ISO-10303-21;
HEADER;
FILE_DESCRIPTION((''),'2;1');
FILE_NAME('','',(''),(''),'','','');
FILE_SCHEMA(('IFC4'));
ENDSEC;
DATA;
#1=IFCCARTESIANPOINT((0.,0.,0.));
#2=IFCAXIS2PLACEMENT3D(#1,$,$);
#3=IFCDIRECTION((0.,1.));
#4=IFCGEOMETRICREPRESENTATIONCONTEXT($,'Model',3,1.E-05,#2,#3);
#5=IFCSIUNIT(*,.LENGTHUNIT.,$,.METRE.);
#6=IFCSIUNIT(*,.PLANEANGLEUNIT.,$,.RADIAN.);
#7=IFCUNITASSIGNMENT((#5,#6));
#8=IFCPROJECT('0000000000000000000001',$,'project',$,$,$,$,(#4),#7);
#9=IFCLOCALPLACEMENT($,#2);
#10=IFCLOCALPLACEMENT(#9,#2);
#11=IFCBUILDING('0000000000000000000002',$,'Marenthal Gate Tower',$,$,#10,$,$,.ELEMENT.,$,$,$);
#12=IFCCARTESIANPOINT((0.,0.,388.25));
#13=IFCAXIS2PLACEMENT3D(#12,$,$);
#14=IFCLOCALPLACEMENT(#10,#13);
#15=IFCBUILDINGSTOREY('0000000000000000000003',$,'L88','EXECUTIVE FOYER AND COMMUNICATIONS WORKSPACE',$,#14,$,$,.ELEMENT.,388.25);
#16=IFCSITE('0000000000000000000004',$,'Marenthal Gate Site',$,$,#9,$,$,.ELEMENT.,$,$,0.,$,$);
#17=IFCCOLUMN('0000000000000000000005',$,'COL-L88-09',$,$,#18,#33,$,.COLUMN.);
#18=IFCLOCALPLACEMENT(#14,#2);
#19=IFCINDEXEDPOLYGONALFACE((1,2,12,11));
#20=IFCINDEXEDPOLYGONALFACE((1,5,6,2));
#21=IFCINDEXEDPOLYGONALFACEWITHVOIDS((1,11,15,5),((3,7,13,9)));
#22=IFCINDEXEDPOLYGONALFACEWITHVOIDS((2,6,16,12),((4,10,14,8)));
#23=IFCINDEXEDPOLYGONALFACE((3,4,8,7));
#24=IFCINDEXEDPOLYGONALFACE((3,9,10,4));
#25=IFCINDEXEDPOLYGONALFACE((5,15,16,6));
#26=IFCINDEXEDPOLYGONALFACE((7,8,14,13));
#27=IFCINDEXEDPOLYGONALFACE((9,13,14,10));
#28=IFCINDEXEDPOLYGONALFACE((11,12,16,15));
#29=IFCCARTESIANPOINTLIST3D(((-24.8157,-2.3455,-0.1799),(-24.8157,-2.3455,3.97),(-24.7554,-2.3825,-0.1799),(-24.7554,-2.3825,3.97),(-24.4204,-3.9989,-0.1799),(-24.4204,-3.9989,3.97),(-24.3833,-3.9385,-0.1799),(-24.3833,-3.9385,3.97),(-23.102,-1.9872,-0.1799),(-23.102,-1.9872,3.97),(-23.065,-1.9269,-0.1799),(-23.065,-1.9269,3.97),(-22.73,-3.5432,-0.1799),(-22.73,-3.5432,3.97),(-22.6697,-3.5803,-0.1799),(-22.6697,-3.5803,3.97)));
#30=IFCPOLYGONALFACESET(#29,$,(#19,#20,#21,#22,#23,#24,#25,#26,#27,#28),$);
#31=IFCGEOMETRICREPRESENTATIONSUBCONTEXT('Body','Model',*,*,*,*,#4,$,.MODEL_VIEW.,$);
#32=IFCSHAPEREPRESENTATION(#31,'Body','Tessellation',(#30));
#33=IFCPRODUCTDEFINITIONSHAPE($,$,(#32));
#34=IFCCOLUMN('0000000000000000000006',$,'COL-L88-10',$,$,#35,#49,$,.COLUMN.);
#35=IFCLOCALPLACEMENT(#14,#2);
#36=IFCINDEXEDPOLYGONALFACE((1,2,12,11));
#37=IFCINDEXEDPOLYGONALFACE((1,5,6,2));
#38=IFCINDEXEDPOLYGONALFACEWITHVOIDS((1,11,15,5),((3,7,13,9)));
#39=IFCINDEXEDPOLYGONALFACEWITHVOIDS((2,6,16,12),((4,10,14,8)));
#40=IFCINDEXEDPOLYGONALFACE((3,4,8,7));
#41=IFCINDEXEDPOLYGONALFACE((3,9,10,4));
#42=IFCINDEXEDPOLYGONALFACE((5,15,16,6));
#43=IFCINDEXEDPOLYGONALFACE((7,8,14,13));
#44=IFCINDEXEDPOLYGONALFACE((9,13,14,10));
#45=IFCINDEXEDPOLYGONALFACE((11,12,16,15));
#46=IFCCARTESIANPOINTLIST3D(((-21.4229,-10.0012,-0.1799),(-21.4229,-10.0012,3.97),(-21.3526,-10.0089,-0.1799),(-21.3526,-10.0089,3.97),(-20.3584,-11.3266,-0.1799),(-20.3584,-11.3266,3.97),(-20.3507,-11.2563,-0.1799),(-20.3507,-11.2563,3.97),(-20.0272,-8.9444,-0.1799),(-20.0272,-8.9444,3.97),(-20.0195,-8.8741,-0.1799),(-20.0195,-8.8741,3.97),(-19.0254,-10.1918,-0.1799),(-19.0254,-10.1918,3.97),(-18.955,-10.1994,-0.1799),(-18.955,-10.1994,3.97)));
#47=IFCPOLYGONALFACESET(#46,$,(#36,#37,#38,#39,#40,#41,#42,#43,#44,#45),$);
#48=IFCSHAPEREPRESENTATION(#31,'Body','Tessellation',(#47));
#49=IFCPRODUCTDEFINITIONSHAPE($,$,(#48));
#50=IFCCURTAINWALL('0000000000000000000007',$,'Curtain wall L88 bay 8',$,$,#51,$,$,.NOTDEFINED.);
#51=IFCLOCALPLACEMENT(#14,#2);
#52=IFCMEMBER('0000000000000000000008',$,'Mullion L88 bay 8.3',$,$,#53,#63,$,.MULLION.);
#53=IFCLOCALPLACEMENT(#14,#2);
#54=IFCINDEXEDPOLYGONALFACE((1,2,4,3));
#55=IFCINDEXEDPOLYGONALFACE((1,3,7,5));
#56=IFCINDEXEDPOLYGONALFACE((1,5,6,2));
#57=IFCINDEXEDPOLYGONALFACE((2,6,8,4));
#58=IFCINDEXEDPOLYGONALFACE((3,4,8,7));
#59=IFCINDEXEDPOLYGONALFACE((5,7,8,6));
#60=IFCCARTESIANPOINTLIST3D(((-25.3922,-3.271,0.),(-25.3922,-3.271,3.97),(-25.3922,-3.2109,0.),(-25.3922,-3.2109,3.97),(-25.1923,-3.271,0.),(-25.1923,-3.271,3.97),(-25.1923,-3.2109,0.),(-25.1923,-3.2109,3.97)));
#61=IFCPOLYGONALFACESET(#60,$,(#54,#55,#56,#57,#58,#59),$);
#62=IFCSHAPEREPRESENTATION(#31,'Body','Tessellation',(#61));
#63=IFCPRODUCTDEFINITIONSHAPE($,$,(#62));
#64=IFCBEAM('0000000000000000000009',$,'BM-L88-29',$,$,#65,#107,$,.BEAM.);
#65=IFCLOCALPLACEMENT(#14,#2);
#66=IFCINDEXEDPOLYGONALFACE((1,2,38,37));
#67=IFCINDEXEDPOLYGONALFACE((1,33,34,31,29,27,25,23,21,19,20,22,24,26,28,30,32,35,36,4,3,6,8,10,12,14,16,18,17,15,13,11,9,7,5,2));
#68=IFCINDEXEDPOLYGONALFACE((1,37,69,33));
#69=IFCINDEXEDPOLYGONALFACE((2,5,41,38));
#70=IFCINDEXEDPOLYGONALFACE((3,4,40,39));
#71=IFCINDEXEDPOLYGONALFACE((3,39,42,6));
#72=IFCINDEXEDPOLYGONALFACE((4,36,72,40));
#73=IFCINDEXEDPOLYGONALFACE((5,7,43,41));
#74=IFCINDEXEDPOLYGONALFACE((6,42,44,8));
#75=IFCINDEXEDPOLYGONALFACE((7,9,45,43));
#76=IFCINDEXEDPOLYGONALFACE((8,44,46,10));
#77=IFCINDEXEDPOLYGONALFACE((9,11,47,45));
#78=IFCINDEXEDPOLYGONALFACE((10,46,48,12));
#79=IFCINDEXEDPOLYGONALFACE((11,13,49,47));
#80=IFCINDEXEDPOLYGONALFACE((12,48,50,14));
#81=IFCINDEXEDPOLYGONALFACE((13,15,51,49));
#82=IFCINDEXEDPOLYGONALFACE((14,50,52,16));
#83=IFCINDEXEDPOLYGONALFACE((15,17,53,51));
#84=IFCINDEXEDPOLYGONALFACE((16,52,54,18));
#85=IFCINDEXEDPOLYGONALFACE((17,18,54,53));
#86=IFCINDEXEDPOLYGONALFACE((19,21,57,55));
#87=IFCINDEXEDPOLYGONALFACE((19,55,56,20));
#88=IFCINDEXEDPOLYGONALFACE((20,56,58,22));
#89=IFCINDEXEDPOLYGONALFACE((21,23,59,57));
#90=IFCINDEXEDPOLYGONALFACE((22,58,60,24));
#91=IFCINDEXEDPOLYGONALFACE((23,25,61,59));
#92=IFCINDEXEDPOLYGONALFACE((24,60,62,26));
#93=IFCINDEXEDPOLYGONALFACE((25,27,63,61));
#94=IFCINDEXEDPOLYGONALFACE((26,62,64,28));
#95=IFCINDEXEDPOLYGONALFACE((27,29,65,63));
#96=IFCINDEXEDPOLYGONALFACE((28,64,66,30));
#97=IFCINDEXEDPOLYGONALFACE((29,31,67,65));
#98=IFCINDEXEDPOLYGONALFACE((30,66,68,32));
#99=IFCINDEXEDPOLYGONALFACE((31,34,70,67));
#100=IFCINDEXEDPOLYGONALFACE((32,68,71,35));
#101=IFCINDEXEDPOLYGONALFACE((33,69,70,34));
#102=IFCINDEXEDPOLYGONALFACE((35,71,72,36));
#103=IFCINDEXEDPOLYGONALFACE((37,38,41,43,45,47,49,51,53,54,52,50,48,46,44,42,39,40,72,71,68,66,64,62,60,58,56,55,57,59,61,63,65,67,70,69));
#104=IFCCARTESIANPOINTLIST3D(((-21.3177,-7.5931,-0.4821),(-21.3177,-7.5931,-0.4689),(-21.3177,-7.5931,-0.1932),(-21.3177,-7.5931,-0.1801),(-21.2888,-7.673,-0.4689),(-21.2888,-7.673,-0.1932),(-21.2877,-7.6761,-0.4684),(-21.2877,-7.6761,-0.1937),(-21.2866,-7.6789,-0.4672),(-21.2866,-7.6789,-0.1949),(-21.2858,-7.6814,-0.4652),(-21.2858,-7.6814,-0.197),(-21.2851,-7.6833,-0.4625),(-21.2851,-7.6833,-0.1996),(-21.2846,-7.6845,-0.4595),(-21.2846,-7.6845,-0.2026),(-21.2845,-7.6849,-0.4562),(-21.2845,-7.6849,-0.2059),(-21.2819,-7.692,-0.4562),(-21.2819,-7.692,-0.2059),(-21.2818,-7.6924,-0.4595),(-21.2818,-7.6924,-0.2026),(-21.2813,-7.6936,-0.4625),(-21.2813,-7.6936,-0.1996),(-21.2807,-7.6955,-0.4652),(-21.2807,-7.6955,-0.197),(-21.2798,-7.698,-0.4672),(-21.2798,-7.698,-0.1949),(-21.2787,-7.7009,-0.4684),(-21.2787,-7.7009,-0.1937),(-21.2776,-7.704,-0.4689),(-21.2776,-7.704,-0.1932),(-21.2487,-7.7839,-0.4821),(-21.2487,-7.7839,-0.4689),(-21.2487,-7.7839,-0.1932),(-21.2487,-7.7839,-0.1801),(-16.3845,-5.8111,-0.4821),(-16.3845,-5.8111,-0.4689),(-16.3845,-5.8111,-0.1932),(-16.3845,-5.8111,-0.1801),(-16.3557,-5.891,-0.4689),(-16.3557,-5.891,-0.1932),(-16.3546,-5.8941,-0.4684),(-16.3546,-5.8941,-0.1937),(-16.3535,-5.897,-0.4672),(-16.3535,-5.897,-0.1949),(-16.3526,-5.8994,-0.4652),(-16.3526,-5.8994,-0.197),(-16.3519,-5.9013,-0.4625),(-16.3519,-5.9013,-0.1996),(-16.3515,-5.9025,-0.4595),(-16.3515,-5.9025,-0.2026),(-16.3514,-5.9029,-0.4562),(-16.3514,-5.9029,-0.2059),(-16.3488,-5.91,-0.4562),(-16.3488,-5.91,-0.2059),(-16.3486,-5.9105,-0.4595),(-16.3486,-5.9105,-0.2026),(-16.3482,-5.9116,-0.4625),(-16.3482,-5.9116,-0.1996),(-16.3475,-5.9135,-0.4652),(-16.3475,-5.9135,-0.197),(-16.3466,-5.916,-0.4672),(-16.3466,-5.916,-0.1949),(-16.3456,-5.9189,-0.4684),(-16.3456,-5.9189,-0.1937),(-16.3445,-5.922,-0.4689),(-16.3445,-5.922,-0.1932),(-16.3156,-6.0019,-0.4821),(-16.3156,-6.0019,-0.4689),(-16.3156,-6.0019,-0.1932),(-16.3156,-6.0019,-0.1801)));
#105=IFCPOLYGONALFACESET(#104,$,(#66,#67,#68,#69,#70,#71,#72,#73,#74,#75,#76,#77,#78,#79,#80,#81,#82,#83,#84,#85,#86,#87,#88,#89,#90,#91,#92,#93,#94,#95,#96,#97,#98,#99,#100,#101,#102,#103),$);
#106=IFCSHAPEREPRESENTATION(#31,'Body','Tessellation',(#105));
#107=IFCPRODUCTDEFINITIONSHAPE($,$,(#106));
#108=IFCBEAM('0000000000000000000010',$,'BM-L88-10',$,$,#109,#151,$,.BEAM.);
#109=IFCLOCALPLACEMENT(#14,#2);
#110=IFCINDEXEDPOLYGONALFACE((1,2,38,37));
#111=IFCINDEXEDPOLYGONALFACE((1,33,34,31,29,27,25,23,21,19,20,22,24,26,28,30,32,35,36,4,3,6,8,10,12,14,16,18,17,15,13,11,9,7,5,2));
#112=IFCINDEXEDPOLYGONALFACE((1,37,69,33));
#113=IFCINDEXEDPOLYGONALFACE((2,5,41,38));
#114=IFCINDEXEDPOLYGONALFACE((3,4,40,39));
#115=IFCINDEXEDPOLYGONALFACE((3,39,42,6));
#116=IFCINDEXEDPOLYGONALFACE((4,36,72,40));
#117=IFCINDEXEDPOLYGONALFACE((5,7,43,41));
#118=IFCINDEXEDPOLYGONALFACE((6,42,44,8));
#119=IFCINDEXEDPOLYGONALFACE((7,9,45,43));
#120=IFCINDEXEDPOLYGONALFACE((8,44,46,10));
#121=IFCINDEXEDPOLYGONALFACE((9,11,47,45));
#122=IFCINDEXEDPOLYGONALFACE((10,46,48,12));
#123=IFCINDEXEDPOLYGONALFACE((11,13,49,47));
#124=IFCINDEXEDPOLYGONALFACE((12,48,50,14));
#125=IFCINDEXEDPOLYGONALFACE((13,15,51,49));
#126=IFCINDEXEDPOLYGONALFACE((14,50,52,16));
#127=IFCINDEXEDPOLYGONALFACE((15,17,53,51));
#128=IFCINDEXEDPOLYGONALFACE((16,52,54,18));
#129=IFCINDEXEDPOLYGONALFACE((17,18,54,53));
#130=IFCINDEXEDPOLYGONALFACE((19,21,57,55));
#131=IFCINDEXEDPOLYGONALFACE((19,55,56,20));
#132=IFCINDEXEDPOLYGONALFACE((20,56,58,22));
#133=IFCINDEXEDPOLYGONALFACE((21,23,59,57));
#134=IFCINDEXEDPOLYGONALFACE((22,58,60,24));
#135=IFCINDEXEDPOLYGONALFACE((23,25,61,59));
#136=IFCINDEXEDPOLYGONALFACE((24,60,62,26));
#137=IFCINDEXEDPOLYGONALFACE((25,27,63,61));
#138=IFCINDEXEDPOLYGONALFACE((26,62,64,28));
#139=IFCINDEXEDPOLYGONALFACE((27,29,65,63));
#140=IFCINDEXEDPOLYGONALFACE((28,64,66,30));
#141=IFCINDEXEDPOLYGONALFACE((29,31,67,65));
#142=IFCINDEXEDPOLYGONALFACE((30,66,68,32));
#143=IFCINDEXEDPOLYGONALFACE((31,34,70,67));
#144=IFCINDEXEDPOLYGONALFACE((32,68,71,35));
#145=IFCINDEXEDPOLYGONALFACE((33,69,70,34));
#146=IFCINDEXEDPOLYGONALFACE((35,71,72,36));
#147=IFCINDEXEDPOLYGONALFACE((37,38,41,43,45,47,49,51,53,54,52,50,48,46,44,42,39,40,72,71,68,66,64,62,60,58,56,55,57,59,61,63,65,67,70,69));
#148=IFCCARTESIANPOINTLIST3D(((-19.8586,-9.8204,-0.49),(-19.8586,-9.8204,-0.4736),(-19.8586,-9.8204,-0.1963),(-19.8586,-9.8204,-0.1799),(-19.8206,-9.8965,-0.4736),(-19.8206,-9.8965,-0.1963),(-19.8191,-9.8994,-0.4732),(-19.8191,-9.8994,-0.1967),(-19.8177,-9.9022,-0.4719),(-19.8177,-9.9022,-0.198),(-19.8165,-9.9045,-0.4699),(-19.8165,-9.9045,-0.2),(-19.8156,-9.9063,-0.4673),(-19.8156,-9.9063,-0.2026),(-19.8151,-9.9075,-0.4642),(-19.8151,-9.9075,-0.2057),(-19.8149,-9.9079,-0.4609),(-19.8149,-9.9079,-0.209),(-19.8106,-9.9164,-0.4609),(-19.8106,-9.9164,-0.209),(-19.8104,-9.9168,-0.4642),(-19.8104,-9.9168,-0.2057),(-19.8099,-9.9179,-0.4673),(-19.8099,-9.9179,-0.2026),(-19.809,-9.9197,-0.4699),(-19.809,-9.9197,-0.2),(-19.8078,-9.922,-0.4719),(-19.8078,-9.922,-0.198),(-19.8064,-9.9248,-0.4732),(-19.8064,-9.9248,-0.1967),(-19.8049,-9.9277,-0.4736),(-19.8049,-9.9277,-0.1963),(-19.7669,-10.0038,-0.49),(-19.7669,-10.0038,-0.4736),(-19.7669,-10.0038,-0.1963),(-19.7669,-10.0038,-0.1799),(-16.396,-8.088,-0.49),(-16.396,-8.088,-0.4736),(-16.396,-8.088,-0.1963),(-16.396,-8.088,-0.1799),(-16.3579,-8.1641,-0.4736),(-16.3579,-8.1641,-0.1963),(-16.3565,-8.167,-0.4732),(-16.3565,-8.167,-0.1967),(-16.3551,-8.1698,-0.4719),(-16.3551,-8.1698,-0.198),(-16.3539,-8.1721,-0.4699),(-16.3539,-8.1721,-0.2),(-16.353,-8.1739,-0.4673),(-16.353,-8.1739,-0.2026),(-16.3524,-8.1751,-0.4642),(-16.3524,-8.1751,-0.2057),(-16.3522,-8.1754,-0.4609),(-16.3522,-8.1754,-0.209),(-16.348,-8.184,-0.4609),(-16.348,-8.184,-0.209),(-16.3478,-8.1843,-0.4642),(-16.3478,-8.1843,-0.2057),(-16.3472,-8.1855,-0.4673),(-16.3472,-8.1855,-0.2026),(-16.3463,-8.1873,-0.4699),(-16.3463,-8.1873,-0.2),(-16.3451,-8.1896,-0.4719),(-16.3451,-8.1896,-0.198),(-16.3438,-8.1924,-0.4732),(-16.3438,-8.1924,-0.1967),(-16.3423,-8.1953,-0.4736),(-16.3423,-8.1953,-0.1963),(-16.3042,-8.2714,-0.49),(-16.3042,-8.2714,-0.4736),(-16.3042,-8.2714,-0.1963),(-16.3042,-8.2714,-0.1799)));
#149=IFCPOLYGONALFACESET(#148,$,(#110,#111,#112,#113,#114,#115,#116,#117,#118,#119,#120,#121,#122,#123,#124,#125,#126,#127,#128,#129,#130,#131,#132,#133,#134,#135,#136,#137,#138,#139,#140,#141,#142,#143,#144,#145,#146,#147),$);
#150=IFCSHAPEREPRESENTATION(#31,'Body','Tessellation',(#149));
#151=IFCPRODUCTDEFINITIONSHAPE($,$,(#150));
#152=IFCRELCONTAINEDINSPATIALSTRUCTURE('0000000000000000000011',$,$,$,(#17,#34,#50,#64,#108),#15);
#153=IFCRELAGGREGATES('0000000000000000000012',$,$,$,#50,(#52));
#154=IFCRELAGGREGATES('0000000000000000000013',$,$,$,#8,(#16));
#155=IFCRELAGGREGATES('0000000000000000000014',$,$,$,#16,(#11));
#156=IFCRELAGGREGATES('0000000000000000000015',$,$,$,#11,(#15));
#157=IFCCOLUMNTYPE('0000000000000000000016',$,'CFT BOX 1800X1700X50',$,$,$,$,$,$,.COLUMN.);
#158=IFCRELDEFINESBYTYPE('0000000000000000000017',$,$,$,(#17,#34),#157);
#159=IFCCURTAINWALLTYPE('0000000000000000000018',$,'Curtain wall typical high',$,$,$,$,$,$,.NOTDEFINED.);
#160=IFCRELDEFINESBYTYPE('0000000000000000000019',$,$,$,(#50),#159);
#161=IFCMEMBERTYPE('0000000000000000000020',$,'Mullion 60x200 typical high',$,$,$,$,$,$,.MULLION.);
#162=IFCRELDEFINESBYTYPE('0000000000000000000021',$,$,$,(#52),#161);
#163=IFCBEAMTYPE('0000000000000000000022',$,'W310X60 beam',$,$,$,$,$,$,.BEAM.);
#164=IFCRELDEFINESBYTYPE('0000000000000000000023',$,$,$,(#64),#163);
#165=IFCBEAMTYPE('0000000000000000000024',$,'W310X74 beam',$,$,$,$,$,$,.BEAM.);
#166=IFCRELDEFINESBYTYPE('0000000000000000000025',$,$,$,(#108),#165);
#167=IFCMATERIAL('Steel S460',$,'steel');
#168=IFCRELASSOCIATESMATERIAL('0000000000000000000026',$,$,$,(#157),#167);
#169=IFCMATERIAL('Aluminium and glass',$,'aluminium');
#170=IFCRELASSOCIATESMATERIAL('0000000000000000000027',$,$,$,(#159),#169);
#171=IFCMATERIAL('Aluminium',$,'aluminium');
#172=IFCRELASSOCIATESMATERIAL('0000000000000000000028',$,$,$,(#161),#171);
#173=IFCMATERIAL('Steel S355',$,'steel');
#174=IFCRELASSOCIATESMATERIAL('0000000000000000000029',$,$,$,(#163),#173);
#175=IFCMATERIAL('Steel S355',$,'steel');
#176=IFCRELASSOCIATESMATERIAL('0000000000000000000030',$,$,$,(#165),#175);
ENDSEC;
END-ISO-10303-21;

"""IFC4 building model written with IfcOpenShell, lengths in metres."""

from ifc_helpers import new_model, si_unit, direction, frame, origin, origin_2d, place, context, subcontext, project, spatial, rectangle, hollow_rectangle, i_section, extrude, material, material_profile, profile_set, type_object, element, aggregate, save


model = new_model("IFC4")

# Units and contexts
model_context = context("Model", 3, precision=1e-05, world=origin(), true_north=direction((0.0, 1.0)))
body_context = subcontext(model_context, "Body", "Model", "MODEL_VIEW")
ifc_project = project(units=[si_unit("LENGTHUNIT", "METRE"), si_unit("PLANEANGLEUNIT", "RADIAN")], contexts=[model_context])

# Site, building, storey
site_placement = place(None, origin())
site = spatial("IfcSite", under=ifc_project, at=site_placement, Name="Marenthal Gate Site", CompositionType="ELEMENT", RefElevation=0.0)
building_placement = place(site_placement, origin())
building = spatial("IfcBuilding", under=site, at=building_placement, Name="Marenthal Gate Tower", CompositionType="ELEMENT")
storey_placement = place(building_placement, frame((0.0, 0.0, 388.25)))
storey = spatial("IfcBuildingStorey", under=building, at=storey_placement, Name="L88", Description="EXECUTIVE FOYER AND COMMUNICATIONS WORKSPACE", CompositionType="ELEMENT", Elevation=388.25)

# Columns
ifc_material_1 = material(Name="Steel S460", Category="steel")
ifc_material_profile_1 = material_profile(ifc_material_1, hollow_rectangle(XDim=1.7, YDim=1.8, WallThickness=0.05, at=origin_2d()), Name="CFT BOX 1800X1700X50")
ifc_material_2 = material(Name="Concrete 70 MPa", Category="concrete")
ifc_material_profile_2 = material_profile(ifc_material_2, rectangle(XDim=1.6001, YDim=1.7, at=origin_2d()), Name="CFT BOX 1800X1700X50 INFILL")
ifc_profile_set_1 = profile_set([ifc_material_profile_1, ifc_material_profile_2], Name="Steel S460 shell, Concrete 70 MPa infill")
column_type = type_object("IfcColumnType", Name="CFT BOX 1800X1700X50", PredefinedType="COLUMN", material=ifc_profile_set_1)
for number, where, z_axis, x_axis, name in (
    (1, (-23.7427, -2.9629, -0.1799), (0.0, 0.0, 1.0), (-0.232542, 0.972586, 0.0), "COL-L88-09"),
    (2, (-20.189, -10.1003, -0.1799), (0.0, 0.0, 1.0), (-0.626198, 0.779664, 0.0), "COL-L88-10"),
):
    element("IfcColumn", number, at=place(storey_placement, frame(where, z_axis=z_axis, x_axis=x_axis)), inside=storey, type_object=column_type, Name=name, PredefinedType="COLUMN", context=body_context, shape_type="SweptSolid", body=[
        extrude(hollow_rectangle(XDim=1.7, YDim=1.8, WallThickness=0.05, at=origin_2d()), origin(), (0.0, 0.0, 1.0), 4.1499),
    ])

# Curtain wall, member
ifc_material_3 = material(Name="Aluminium and glass", Category="aluminium")
curtain_wall_type = type_object("IfcCurtainWallType", Name="Curtain wall typical high", PredefinedType="NOTDEFINED", material=ifc_material_3)
curtain_wall_placement = place(storey_placement, origin())
curtain_wall = element("IfcCurtainWall", 3, at=curtain_wall_placement, inside=storey, type_object=curtain_wall_type, Name="Curtain wall L88 bay 8", PredefinedType="NOTDEFINED")
ifc_material_4 = material(Name="Aluminium", Category="aluminium")
ifc_material_profile_3 = material_profile(ifc_material_4, rectangle(XDim=0.2, YDim=0.0601, at=origin_2d()), Name="60x200 aluminium mullion")
ifc_profile_set_2 = profile_set([ifc_material_profile_3], Name="Aluminium")
member_type = type_object("IfcMemberType", Name="Mullion 60x200 typical high", PredefinedType="MULLION", material=ifc_profile_set_2)
member_placement = place(storey_placement, frame((-25.2922, -3.241, 0.0), z_axis=(0.0, 0.0, 1.0), x_axis=(1.0, 0.0, 0.0)))
member = element("IfcMember", 4, at=member_placement, type_object=member_type, Name="Mullion L88 bay 8.3", PredefinedType="MULLION", context=body_context, shape_type="SweptSolid", body=[
    extrude(rectangle(XDim=0.2, YDim=0.0601, at=origin_2d()), origin(), (0.0, 0.0, 1.0), 3.97),
])

# Beams
ifc_material_5 = material(Name="Steel S355", Category="steel")
ifc_material_profile_4 = material_profile(ifc_material_5, i_section(OverallWidth=0.2029, OverallDepth=0.302, WebThickness=0.0076, FlangeThickness=0.0132, FilletRadius=0.0127, at=origin_2d()), Name="W310X60")
ifc_profile_set_3 = profile_set([ifc_material_profile_4], Name="Steel S355")
beam_type_1 = type_object("IfcBeamType", Name="W310X60 beam", PredefinedType="BEAM", material=ifc_profile_set_3)
beam_1_placement = place(storey_placement, frame((-21.2832, -7.6885, -0.3311), z_axis=(0.940518, 0.339743, 0.0), x_axis=(-0.339743, 0.940518, 0.0)))
element("IfcBeam", 5, at=beam_1_placement, inside=storey, type_object=beam_type_1, Name="BM-L88-29", PredefinedType="BEAM", context=body_context, shape_type="SweptSolid", body=[
    extrude(i_section(OverallWidth=0.2029, OverallDepth=0.302, WebThickness=0.0076, FlangeThickness=0.0132, FilletRadius=0.0127, at=origin_2d()), origin(), (0.0, 0.0, 1.0), 5.2451),
])
ifc_material_6 = material(Name="Steel S355", Category="steel")
ifc_material_profile_5 = material_profile(ifc_material_6, i_section(OverallWidth=0.2051, OverallDepth=0.3101, WebThickness=0.0095, FlangeThickness=0.0164, FilletRadius=0.0127, at=origin_2d()), Name="W310X74")
ifc_profile_set_4 = profile_set([ifc_material_profile_5], Name="Steel S355")
beam_type_2 = type_object("IfcBeamType", Name="W310X74 beam", PredefinedType="BEAM", material=ifc_profile_set_4)
beam_2_placement = place(storey_placement, frame((-19.8127, -9.9121, -0.335), z_axis=(0.894314, 0.447441, 0.0), x_axis=(-0.447441, 0.894314, 0.0)))
element("IfcBeam", 6, at=beam_2_placement, inside=storey, type_object=beam_type_2, Name="BM-L88-10", PredefinedType="BEAM", context=body_context, shape_type="SweptSolid", body=[
    extrude(i_section(OverallWidth=0.2051, OverallDepth=0.3101, WebThickness=0.0095, FlangeThickness=0.0164, FilletRadius=0.0127, at=origin_2d()), origin(), (0.0, 0.0, 1.0), 3.8718),
])

aggregate(curtain_wall, [member])

save(model, "model.ifc")
